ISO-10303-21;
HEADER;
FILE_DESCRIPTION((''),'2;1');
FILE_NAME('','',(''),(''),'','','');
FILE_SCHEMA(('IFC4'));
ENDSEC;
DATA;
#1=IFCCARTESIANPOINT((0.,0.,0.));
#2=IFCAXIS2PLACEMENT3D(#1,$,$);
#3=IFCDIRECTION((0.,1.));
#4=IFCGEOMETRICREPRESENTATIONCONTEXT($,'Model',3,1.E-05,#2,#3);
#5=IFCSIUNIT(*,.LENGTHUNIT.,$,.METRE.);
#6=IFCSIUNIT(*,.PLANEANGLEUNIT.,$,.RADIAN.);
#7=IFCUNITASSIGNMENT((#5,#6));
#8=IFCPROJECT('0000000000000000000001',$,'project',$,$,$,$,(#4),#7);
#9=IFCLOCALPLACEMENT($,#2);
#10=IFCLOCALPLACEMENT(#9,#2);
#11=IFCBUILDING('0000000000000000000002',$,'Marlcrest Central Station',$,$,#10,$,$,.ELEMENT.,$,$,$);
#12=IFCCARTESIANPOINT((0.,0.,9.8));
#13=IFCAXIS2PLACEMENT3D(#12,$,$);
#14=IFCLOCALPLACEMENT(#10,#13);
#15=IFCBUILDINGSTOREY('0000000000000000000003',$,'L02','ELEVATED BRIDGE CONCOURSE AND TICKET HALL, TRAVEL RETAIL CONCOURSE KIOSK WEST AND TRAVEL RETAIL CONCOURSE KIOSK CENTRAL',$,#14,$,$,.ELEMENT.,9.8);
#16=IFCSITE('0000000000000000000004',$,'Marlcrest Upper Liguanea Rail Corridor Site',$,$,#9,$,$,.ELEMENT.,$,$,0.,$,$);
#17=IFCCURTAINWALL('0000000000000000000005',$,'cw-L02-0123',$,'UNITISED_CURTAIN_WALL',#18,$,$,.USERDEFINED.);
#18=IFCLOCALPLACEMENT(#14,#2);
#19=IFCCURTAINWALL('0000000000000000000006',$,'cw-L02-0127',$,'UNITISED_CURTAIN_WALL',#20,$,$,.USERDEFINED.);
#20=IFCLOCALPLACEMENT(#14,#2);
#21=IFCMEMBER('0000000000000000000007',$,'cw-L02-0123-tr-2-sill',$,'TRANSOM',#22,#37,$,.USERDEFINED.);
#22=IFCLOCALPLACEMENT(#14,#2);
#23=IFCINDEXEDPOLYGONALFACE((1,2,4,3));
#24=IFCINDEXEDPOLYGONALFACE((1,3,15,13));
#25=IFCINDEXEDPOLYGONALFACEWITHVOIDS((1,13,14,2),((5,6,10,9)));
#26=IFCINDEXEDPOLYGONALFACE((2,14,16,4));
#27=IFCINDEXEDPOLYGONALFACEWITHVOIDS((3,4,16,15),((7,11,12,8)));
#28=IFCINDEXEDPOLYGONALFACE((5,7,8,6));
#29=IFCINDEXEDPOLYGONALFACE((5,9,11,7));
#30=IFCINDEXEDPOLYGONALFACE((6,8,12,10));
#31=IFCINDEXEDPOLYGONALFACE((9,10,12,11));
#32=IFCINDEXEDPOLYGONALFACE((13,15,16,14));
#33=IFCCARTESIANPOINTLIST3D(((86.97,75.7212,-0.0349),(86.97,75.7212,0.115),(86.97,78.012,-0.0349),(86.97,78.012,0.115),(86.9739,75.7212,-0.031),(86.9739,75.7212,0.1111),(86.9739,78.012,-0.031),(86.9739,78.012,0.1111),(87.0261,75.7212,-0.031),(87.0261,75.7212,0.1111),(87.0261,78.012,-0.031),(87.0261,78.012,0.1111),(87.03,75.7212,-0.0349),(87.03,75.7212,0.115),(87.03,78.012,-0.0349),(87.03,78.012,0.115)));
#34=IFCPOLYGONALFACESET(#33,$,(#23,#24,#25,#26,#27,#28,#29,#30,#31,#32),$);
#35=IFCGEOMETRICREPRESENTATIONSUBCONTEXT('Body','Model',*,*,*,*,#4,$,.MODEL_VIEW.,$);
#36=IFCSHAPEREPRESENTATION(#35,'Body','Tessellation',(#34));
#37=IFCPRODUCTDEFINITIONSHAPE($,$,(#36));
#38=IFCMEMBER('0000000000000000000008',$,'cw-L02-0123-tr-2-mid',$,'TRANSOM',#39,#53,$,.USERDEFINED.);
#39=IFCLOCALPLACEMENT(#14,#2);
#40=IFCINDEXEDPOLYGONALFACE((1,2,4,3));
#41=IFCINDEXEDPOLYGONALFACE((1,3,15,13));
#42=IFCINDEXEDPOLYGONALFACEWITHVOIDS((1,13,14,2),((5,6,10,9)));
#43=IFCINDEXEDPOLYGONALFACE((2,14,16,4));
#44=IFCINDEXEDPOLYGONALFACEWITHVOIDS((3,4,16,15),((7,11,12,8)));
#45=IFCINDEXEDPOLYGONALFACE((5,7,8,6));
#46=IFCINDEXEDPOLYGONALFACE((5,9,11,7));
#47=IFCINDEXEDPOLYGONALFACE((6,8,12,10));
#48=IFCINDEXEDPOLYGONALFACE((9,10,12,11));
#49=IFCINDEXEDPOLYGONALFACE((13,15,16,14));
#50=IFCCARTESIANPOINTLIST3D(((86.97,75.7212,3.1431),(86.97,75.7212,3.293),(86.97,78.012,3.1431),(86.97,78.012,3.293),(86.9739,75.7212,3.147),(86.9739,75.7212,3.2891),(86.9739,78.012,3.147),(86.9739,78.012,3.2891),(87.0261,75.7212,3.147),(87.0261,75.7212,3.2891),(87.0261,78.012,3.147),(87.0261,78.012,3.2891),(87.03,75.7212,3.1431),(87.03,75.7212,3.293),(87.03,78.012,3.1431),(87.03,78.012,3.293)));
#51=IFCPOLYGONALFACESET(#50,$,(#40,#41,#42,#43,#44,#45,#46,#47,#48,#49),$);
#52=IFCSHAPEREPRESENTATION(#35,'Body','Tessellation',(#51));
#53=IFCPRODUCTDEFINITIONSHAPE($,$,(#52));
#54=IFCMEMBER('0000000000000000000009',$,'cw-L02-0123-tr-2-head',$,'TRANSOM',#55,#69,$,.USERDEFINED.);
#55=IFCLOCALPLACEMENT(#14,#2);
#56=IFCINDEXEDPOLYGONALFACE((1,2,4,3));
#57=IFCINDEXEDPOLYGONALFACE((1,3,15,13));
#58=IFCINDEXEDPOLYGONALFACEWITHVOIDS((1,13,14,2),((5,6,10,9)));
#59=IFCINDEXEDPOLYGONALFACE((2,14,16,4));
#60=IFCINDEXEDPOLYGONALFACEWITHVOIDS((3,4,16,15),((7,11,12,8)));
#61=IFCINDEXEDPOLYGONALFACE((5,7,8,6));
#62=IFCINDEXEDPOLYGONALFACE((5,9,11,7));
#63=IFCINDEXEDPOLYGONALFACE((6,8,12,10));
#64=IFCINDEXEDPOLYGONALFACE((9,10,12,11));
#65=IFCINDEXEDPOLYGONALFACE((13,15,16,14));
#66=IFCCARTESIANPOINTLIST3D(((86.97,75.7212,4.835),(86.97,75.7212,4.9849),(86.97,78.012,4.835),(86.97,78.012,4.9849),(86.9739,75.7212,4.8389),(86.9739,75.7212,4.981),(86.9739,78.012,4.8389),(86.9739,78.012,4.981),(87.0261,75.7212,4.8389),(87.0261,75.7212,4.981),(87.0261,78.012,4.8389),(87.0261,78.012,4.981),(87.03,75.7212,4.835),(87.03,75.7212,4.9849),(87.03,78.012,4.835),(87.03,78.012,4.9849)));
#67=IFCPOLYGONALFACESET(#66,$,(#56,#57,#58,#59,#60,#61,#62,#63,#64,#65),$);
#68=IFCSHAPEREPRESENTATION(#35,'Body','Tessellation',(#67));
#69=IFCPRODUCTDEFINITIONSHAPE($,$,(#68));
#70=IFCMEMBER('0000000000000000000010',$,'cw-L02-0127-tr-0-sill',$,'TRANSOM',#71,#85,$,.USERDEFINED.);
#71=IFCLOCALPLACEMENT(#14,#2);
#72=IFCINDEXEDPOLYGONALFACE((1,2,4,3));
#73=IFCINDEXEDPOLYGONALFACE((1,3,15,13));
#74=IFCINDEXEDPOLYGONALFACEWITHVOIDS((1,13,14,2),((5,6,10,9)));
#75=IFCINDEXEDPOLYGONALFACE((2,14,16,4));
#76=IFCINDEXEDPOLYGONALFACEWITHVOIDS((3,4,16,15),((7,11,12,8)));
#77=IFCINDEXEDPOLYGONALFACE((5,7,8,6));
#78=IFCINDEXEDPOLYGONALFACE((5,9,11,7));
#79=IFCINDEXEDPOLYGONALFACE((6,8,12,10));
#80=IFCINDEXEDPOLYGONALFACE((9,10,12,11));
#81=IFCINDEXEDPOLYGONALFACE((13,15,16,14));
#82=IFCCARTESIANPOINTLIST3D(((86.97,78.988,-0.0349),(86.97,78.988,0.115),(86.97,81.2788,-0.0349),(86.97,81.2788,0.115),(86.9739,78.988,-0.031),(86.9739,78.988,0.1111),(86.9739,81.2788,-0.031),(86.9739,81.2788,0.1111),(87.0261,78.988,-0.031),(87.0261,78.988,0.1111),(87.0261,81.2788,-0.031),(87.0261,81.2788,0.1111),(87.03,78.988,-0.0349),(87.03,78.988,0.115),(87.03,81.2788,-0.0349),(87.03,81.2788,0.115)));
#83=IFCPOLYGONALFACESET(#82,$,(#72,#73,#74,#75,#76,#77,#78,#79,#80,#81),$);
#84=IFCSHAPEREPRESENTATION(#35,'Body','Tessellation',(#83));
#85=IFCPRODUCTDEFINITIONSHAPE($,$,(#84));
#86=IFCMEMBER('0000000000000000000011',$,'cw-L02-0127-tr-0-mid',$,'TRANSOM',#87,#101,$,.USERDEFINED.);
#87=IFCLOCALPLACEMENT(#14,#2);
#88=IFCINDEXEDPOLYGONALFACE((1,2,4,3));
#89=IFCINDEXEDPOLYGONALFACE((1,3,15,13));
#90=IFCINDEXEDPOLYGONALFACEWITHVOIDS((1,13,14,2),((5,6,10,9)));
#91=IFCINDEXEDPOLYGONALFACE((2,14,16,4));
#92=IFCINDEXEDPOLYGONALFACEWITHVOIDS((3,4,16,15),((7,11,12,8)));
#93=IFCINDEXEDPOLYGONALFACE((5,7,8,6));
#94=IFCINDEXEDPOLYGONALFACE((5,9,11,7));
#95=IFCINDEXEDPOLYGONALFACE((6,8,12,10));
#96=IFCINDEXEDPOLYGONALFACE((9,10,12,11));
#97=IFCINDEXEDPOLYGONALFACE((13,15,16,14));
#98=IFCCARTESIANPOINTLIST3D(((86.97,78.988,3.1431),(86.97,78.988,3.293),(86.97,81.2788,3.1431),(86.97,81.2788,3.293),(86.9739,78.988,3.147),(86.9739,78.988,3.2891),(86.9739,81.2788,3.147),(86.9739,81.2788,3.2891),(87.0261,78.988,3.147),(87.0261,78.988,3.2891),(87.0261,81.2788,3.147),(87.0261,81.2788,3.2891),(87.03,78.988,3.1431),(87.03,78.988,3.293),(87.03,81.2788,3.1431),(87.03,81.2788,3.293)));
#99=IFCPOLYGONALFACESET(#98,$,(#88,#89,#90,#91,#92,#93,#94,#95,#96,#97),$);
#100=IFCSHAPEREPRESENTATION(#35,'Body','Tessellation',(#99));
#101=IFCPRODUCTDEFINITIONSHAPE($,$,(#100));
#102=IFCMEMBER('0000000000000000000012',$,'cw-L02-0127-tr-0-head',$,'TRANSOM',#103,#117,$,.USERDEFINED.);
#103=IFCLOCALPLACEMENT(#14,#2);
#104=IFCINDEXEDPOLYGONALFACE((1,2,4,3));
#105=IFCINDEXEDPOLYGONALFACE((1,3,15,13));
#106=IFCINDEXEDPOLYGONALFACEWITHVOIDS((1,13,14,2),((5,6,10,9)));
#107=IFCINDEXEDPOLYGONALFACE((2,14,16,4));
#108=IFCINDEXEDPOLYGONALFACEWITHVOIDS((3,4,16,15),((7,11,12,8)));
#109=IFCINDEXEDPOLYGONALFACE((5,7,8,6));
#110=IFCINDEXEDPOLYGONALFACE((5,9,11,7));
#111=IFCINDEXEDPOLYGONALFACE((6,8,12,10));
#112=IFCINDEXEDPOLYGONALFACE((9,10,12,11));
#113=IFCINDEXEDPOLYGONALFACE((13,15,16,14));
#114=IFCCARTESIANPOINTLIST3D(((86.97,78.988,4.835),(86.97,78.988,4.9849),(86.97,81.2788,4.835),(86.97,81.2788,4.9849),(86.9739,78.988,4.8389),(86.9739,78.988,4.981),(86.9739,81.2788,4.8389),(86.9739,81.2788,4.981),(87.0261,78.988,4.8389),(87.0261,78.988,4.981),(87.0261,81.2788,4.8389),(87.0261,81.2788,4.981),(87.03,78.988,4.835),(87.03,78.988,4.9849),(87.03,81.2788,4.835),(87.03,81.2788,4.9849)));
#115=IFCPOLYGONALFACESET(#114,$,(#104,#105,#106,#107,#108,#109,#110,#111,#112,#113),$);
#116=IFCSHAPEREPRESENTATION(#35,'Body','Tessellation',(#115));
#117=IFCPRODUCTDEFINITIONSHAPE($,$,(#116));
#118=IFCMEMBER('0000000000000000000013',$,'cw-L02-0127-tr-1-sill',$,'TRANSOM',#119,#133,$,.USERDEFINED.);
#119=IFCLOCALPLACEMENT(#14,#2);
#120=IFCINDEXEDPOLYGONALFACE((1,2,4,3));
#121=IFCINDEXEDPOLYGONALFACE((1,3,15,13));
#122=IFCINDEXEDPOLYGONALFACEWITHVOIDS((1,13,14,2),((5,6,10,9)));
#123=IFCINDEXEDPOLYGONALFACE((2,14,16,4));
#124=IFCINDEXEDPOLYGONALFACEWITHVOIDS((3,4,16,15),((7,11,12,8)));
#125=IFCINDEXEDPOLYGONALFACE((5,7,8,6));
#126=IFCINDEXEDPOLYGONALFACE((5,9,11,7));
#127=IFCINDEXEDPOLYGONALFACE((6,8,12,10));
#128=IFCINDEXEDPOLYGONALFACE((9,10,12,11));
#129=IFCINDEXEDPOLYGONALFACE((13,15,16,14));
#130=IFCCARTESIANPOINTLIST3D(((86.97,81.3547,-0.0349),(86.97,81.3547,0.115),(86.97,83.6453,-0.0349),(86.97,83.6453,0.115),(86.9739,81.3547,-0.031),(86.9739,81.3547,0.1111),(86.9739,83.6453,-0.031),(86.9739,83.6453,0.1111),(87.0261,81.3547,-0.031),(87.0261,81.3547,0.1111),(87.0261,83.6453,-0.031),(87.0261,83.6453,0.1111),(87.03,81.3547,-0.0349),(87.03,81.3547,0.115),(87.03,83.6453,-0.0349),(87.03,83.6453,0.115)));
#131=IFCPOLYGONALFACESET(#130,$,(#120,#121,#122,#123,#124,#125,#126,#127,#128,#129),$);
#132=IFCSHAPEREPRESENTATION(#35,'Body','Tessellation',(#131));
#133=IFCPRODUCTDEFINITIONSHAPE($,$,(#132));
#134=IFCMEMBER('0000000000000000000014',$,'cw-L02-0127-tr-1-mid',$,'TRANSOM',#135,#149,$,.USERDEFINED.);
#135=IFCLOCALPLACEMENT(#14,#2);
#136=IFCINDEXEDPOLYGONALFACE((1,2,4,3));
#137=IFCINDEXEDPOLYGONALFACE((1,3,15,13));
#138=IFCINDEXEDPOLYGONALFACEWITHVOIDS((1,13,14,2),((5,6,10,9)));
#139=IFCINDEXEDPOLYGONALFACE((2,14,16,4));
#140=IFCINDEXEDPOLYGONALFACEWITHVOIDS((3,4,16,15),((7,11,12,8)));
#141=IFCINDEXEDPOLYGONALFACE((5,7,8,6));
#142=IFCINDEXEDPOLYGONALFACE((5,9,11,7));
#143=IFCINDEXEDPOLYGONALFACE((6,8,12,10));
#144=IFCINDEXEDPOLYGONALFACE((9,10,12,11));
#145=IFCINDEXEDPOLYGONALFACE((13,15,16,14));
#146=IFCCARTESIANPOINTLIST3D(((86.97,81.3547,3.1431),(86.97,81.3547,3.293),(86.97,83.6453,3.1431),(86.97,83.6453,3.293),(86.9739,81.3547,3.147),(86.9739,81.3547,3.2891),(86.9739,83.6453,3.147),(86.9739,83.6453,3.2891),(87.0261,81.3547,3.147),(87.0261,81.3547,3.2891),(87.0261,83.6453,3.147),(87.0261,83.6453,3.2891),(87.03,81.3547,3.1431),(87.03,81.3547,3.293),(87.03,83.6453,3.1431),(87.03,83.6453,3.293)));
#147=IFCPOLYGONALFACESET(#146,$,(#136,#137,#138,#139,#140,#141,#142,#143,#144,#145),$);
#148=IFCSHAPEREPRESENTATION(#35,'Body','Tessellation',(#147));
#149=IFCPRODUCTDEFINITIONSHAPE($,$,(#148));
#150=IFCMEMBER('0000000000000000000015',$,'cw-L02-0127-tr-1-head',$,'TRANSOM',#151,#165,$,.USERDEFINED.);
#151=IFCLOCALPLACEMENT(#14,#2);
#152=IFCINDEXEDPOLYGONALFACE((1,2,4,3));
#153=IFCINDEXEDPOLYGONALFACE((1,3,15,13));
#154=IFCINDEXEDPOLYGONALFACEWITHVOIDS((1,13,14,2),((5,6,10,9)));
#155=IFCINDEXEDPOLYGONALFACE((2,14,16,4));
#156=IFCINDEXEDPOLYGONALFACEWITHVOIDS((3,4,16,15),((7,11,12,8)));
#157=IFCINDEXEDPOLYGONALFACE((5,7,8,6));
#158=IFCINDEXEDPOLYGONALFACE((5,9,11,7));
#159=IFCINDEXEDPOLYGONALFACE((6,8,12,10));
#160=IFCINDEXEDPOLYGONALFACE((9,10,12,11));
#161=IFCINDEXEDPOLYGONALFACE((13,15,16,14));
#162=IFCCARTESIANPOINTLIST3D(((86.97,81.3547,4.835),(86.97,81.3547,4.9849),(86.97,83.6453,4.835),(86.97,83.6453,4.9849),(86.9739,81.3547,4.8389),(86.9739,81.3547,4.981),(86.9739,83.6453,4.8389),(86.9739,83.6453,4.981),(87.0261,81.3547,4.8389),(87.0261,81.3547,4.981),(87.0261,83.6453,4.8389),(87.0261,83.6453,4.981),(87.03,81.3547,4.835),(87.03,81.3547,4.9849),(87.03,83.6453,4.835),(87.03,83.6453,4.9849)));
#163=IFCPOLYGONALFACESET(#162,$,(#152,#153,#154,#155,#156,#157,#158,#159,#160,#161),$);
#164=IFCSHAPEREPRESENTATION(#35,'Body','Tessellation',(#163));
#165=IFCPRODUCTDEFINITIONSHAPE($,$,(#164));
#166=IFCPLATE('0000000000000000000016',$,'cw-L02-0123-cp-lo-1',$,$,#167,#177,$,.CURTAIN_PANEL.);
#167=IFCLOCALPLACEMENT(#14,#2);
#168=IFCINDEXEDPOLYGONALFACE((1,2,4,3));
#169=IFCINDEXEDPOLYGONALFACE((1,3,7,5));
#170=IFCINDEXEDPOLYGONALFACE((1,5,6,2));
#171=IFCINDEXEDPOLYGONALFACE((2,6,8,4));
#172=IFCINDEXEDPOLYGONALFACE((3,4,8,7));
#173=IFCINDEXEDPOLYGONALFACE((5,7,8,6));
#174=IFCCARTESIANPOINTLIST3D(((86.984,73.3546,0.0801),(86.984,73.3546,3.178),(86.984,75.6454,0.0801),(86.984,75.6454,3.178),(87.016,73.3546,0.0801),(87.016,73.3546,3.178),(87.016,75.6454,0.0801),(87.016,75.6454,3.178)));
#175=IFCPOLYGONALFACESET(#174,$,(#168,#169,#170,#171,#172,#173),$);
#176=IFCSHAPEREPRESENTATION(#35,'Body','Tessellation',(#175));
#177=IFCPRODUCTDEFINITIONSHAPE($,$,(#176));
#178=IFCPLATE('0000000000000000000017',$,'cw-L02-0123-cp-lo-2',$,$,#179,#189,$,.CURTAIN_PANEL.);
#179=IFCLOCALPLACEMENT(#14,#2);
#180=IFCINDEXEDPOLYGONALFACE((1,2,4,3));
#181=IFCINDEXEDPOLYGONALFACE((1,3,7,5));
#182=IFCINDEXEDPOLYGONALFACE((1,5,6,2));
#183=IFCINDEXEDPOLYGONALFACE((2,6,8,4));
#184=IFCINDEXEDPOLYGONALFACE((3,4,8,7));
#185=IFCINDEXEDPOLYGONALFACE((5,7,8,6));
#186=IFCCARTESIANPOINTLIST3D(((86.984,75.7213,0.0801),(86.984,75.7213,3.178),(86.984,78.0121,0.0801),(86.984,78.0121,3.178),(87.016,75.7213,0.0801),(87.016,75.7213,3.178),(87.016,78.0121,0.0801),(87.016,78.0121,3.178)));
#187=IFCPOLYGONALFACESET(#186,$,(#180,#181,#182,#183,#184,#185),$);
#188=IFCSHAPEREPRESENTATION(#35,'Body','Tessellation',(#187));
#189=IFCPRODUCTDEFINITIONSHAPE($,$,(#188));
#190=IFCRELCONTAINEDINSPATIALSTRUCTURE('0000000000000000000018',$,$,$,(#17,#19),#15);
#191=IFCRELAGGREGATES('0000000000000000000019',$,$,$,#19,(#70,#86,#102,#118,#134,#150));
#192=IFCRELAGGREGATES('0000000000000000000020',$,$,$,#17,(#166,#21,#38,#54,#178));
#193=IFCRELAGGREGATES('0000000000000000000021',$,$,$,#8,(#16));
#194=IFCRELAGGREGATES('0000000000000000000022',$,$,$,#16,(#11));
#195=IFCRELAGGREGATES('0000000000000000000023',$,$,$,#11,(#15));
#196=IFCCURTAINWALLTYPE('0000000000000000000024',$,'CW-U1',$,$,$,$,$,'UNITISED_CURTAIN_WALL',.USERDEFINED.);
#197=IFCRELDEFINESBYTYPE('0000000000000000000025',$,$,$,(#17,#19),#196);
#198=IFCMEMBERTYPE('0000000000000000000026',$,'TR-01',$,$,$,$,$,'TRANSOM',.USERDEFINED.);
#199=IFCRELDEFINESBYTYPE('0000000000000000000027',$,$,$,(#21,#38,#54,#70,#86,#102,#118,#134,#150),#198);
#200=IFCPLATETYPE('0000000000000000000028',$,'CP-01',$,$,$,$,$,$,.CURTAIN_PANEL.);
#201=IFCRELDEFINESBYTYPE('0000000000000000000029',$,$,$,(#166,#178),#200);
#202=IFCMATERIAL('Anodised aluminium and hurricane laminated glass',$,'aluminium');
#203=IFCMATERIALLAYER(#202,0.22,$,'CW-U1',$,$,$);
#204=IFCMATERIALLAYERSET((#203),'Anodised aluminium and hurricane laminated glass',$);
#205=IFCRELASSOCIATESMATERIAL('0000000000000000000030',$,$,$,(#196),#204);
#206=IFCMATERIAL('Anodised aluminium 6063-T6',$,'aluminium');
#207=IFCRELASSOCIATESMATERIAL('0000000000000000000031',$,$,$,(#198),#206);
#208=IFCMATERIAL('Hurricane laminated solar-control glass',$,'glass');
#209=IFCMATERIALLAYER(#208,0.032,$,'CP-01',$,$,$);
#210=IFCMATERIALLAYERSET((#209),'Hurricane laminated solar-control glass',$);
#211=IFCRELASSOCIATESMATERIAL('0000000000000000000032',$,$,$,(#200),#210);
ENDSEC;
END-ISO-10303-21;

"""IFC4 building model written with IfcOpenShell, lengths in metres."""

from ifc_helpers import new_model, si_unit, direction, frame, origin, origin_2d, place, context, subcontext, project, spatial, rectangle, hollow_rectangle, extrude, material, layer, layer_set, material_profile, profile_set, type_object, element, aggregate, save


model = new_model("IFC4")

# Units and contexts
model_context = context("Model", 3, precision=1e-05, world=origin(), true_north=direction((0.0, 1.0)))
body_context = subcontext(model_context, "Body", "Model", "MODEL_VIEW")
ifc_project = project(units=[si_unit("LENGTHUNIT", "METRE"), si_unit("PLANEANGLEUNIT", "RADIAN")], contexts=[model_context])

# Site, building, storey
site_placement = place(None, origin())
site = spatial("IfcSite", under=ifc_project, at=site_placement, Name="Marlcrest Upper Liguanea Rail Corridor Site", CompositionType="ELEMENT", RefElevation=0.0)
building_placement = place(site_placement, origin())
building = spatial("IfcBuilding", under=site, at=building_placement, Name="Marlcrest Central Station", CompositionType="ELEMENT")
storey_placement = place(building_placement, frame((0.0, 0.0, 9.8)))
storey = spatial("IfcBuildingStorey", under=building, at=storey_placement, Name="L02", Description="ELEVATED BRIDGE CONCOURSE AND TICKET HALL, TRAVEL RETAIL CONCOURSE KIOSK WEST AND TRAVEL RETAIL CONCOURSE KIOSK CENTRAL", CompositionType="ELEMENT", Elevation=9.8)

# Curtain walls
ifc_material_1 = material(Name="Anodised aluminium and hurricane laminated glass", Category="aluminium")
ifc_layer_1 = layer(ifc_material_1, 0.22, Name="CW-U1")
ifc_layer_set_1 = layer_set([ifc_layer_1], Name="Anodised aluminium and hurricane laminated glass")
curtain_wall_type = type_object("IfcCurtainWallType", Name="CW-U1", ElementType="UNITISED_CURTAIN_WALL", PredefinedType="USERDEFINED", material=ifc_layer_set_1)
curtain_wall_1_placement = place(storey_placement, origin())
curtain_wall_1 = element("IfcCurtainWall", 1, at=curtain_wall_1_placement, inside=storey, type_object=curtain_wall_type, Name="cw-L02-0123", ObjectType="UNITISED_CURTAIN_WALL", PredefinedType="USERDEFINED")
ifc_material_2 = material(Name="Anodised aluminium 6063-T6", Category="aluminium")
curtain_wall_2_placement = place(storey_placement, origin())
curtain_wall_2 = element("IfcCurtainWall", 2, at=curtain_wall_2_placement, inside=storey, type_object=curtain_wall_type, Name="cw-L02-0127", ObjectType="UNITISED_CURTAIN_WALL", PredefinedType="USERDEFINED")

# Members
ifc_material_profile_1 = material_profile(ifc_material_2, hollow_rectangle(XDim=0.0601, YDim=0.1499, WallThickness=0.0039, at=origin_2d()), Name="AA-RHS 150x60x4")
ifc_profile_set_1 = profile_set([ifc_material_profile_1], Name="Anodised aluminium 6063-T6")
member_type_1 = type_object("IfcMemberType", Name="TR-01", ElementType="TRANSOM", PredefinedType="USERDEFINED", material=ifc_profile_set_1)
member_1_placement = place(storey_placement, frame((87.0, 75.7212, 0.04), z_axis=(0.0, 1.0, 0.0), x_axis=(-1.0, 0.0, 0.0)))
member_1 = element("IfcMember", 3, at=member_1_placement, type_object=member_type_1, Name="cw-L02-0123-tr-2-sill", ObjectType="TRANSOM", PredefinedType="USERDEFINED", context=body_context, shape_type="SweptSolid", body=[
    extrude(hollow_rectangle(XDim=0.0601, YDim=0.1499, WallThickness=0.0039, at=origin_2d()), origin(), (0.0, 0.0, 1.0), 2.2908),
])
member_2_placement = place(storey_placement, frame((87.0, 75.7212, 3.218), z_axis=(0.0, 1.0, 0.0), x_axis=(-1.0, 0.0, 0.0)))
member_2 = element("IfcMember", 4, at=member_2_placement, type_object=member_type_1, Name="cw-L02-0123-tr-2-mid", ObjectType="TRANSOM", PredefinedType="USERDEFINED", context=body_context, shape_type="SweptSolid", body=[
    extrude(hollow_rectangle(XDim=0.0601, YDim=0.1499, WallThickness=0.0039, at=origin_2d()), origin(), (0.0, 0.0, 1.0), 2.2908),
])
member_3_placement = place(storey_placement, frame((87.0, 75.7212, 4.9099), z_axis=(0.0, 1.0, 0.0), x_axis=(-1.0, 0.0, 0.0)))
member_3 = element("IfcMember", 5, at=member_3_placement, type_object=member_type_1, Name="cw-L02-0123-tr-2-head", ObjectType="TRANSOM", PredefinedType="USERDEFINED", context=body_context, shape_type="SweptSolid", body=[
    extrude(hollow_rectangle(XDim=0.0601, YDim=0.1499, WallThickness=0.0039, at=origin_2d()), origin(), (0.0, 0.0, 1.0), 2.2908),
])
member_4_placement = place(storey_placement, frame((87.0, 78.988, 0.04), z_axis=(0.0, 1.0, 0.0), x_axis=(-1.0, 0.0, 0.0)))
member_4 = element("IfcMember", 6, at=member_4_placement, type_object=member_type_1, Name="cw-L02-0127-tr-0-sill", ObjectType="TRANSOM", PredefinedType="USERDEFINED", context=body_context, shape_type="SweptSolid", body=[
    extrude(hollow_rectangle(XDim=0.0601, YDim=0.1499, WallThickness=0.0039, at=origin_2d()), origin(), (0.0, 0.0, 1.0), 2.2908),
])
member_5_placement = place(storey_placement, frame((87.0, 78.988, 3.218), z_axis=(0.0, 1.0, 0.0), x_axis=(-1.0, 0.0, 0.0)))
member_5 = element("IfcMember", 7, at=member_5_placement, type_object=member_type_1, Name="cw-L02-0127-tr-0-mid", ObjectType="TRANSOM", PredefinedType="USERDEFINED", context=body_context, shape_type="SweptSolid", body=[
    extrude(hollow_rectangle(XDim=0.0601, YDim=0.1499, WallThickness=0.0039, at=origin_2d()), origin(), (0.0, 0.0, 1.0), 2.2908),
])
member_6_placement = place(storey_placement, frame((87.0, 78.988, 4.9099), z_axis=(0.0, 1.0, 0.0), x_axis=(-1.0, 0.0, 0.0)))
member_6 = element("IfcMember", 8, at=member_6_placement, type_object=member_type_1, Name="cw-L02-0127-tr-0-head", ObjectType="TRANSOM", PredefinedType="USERDEFINED", context=body_context, shape_type="SweptSolid", body=[
    extrude(hollow_rectangle(XDim=0.0601, YDim=0.1499, WallThickness=0.0039, at=origin_2d()), origin(), (0.0, 0.0, 1.0), 2.2908),
])
member_7_placement = place(storey_placement, frame((87.0, 81.3547, 0.04), z_axis=(0.0, 1.0, 0.0), x_axis=(-1.0, 0.0, 0.0)))
member_7 = element("IfcMember", 9, at=member_7_placement, type_object=member_type_1, Name="cw-L02-0127-tr-1-sill", ObjectType="TRANSOM", PredefinedType="USERDEFINED", context=body_context, shape_type="SweptSolid", body=[
    extrude(hollow_rectangle(XDim=0.0601, YDim=0.1499, WallThickness=0.0039, at=origin_2d()), origin(), (0.0, 0.0, 1.0), 2.2905),
])
member_8_placement = place(storey_placement, frame((87.0, 81.3547, 3.218), z_axis=(0.0, 1.0, 0.0), x_axis=(-1.0, 0.0, 0.0)))
member_8 = element("IfcMember", 10, at=member_8_placement, type_object=member_type_1, Name="cw-L02-0127-tr-1-mid", ObjectType="TRANSOM", PredefinedType="USERDEFINED", context=body_context, shape_type="SweptSolid", body=[
    extrude(hollow_rectangle(XDim=0.0601, YDim=0.1499, WallThickness=0.0039, at=origin_2d()), origin(), (0.0, 0.0, 1.0), 2.2905),
])
member_9_placement = place(storey_placement, frame((87.0, 81.3547, 4.9099), z_axis=(0.0, 1.0, 0.0), x_axis=(-1.0, 0.0, 0.0)))
member_9 = element("IfcMember", 11, at=member_9_placement, type_object=member_type_1, Name="cw-L02-0127-tr-1-head", ObjectType="TRANSOM", PredefinedType="USERDEFINED", context=body_context, shape_type="SweptSolid", body=[
    extrude(hollow_rectangle(XDim=0.0601, YDim=0.1499, WallThickness=0.0039, at=origin_2d()), origin(), (0.0, 0.0, 1.0), 2.2905),
])

# Plates
ifc_material_3 = material(Name="Hurricane laminated solar-control glass", Category="glass")
ifc_layer_2 = layer(ifc_material_3, 0.032, Name="CP-01")
ifc_layer_set_2 = layer_set([ifc_layer_2], Name="Hurricane laminated solar-control glass")
plate_type_1 = type_object("IfcPlateType", Name="CP-01", PredefinedType="CURTAIN_PANEL", material=ifc_layer_set_2)
plate_1_placement = place(storey_placement, frame((87.0, 74.5, 0.0801), z_axis=(0.0, 0.0, 1.0), x_axis=(0.0, 1.0, 0.0)))
plate_1 = element("IfcPlate", 12, at=plate_1_placement, type_object=plate_type_1, Name="cw-L02-0123-cp-lo-1", PredefinedType="CURTAIN_PANEL", context=body_context, shape_type="SweptSolid", body=[
    extrude(rectangle(XDim=2.2908, YDim=0.032, at=origin_2d()), origin(), (0.0, 0.0, 1.0), 3.0979),
])
plate_2_placement = place(storey_placement, frame((87.0, 76.8667, 0.0801), z_axis=(0.0, 0.0, 1.0), x_axis=(0.0, 1.0, 0.0)))
plate_2 = element("IfcPlate", 13, at=plate_2_placement, type_object=plate_type_1, Name="cw-L02-0123-cp-lo-2", PredefinedType="CURTAIN_PANEL", context=body_context, shape_type="SweptSolid", body=[
    extrude(rectangle(XDim=2.2908, YDim=0.032, at=origin_2d()), origin(), (0.0, 0.0, 1.0), 3.0979),
])
aggregate(curtain_wall_2, [member_4, member_5, member_6, member_7, member_8, member_9])
aggregate(curtain_wall_1, [plate_1, member_1, member_2, member_3, plate_2])

save(model, "model.ifc")
